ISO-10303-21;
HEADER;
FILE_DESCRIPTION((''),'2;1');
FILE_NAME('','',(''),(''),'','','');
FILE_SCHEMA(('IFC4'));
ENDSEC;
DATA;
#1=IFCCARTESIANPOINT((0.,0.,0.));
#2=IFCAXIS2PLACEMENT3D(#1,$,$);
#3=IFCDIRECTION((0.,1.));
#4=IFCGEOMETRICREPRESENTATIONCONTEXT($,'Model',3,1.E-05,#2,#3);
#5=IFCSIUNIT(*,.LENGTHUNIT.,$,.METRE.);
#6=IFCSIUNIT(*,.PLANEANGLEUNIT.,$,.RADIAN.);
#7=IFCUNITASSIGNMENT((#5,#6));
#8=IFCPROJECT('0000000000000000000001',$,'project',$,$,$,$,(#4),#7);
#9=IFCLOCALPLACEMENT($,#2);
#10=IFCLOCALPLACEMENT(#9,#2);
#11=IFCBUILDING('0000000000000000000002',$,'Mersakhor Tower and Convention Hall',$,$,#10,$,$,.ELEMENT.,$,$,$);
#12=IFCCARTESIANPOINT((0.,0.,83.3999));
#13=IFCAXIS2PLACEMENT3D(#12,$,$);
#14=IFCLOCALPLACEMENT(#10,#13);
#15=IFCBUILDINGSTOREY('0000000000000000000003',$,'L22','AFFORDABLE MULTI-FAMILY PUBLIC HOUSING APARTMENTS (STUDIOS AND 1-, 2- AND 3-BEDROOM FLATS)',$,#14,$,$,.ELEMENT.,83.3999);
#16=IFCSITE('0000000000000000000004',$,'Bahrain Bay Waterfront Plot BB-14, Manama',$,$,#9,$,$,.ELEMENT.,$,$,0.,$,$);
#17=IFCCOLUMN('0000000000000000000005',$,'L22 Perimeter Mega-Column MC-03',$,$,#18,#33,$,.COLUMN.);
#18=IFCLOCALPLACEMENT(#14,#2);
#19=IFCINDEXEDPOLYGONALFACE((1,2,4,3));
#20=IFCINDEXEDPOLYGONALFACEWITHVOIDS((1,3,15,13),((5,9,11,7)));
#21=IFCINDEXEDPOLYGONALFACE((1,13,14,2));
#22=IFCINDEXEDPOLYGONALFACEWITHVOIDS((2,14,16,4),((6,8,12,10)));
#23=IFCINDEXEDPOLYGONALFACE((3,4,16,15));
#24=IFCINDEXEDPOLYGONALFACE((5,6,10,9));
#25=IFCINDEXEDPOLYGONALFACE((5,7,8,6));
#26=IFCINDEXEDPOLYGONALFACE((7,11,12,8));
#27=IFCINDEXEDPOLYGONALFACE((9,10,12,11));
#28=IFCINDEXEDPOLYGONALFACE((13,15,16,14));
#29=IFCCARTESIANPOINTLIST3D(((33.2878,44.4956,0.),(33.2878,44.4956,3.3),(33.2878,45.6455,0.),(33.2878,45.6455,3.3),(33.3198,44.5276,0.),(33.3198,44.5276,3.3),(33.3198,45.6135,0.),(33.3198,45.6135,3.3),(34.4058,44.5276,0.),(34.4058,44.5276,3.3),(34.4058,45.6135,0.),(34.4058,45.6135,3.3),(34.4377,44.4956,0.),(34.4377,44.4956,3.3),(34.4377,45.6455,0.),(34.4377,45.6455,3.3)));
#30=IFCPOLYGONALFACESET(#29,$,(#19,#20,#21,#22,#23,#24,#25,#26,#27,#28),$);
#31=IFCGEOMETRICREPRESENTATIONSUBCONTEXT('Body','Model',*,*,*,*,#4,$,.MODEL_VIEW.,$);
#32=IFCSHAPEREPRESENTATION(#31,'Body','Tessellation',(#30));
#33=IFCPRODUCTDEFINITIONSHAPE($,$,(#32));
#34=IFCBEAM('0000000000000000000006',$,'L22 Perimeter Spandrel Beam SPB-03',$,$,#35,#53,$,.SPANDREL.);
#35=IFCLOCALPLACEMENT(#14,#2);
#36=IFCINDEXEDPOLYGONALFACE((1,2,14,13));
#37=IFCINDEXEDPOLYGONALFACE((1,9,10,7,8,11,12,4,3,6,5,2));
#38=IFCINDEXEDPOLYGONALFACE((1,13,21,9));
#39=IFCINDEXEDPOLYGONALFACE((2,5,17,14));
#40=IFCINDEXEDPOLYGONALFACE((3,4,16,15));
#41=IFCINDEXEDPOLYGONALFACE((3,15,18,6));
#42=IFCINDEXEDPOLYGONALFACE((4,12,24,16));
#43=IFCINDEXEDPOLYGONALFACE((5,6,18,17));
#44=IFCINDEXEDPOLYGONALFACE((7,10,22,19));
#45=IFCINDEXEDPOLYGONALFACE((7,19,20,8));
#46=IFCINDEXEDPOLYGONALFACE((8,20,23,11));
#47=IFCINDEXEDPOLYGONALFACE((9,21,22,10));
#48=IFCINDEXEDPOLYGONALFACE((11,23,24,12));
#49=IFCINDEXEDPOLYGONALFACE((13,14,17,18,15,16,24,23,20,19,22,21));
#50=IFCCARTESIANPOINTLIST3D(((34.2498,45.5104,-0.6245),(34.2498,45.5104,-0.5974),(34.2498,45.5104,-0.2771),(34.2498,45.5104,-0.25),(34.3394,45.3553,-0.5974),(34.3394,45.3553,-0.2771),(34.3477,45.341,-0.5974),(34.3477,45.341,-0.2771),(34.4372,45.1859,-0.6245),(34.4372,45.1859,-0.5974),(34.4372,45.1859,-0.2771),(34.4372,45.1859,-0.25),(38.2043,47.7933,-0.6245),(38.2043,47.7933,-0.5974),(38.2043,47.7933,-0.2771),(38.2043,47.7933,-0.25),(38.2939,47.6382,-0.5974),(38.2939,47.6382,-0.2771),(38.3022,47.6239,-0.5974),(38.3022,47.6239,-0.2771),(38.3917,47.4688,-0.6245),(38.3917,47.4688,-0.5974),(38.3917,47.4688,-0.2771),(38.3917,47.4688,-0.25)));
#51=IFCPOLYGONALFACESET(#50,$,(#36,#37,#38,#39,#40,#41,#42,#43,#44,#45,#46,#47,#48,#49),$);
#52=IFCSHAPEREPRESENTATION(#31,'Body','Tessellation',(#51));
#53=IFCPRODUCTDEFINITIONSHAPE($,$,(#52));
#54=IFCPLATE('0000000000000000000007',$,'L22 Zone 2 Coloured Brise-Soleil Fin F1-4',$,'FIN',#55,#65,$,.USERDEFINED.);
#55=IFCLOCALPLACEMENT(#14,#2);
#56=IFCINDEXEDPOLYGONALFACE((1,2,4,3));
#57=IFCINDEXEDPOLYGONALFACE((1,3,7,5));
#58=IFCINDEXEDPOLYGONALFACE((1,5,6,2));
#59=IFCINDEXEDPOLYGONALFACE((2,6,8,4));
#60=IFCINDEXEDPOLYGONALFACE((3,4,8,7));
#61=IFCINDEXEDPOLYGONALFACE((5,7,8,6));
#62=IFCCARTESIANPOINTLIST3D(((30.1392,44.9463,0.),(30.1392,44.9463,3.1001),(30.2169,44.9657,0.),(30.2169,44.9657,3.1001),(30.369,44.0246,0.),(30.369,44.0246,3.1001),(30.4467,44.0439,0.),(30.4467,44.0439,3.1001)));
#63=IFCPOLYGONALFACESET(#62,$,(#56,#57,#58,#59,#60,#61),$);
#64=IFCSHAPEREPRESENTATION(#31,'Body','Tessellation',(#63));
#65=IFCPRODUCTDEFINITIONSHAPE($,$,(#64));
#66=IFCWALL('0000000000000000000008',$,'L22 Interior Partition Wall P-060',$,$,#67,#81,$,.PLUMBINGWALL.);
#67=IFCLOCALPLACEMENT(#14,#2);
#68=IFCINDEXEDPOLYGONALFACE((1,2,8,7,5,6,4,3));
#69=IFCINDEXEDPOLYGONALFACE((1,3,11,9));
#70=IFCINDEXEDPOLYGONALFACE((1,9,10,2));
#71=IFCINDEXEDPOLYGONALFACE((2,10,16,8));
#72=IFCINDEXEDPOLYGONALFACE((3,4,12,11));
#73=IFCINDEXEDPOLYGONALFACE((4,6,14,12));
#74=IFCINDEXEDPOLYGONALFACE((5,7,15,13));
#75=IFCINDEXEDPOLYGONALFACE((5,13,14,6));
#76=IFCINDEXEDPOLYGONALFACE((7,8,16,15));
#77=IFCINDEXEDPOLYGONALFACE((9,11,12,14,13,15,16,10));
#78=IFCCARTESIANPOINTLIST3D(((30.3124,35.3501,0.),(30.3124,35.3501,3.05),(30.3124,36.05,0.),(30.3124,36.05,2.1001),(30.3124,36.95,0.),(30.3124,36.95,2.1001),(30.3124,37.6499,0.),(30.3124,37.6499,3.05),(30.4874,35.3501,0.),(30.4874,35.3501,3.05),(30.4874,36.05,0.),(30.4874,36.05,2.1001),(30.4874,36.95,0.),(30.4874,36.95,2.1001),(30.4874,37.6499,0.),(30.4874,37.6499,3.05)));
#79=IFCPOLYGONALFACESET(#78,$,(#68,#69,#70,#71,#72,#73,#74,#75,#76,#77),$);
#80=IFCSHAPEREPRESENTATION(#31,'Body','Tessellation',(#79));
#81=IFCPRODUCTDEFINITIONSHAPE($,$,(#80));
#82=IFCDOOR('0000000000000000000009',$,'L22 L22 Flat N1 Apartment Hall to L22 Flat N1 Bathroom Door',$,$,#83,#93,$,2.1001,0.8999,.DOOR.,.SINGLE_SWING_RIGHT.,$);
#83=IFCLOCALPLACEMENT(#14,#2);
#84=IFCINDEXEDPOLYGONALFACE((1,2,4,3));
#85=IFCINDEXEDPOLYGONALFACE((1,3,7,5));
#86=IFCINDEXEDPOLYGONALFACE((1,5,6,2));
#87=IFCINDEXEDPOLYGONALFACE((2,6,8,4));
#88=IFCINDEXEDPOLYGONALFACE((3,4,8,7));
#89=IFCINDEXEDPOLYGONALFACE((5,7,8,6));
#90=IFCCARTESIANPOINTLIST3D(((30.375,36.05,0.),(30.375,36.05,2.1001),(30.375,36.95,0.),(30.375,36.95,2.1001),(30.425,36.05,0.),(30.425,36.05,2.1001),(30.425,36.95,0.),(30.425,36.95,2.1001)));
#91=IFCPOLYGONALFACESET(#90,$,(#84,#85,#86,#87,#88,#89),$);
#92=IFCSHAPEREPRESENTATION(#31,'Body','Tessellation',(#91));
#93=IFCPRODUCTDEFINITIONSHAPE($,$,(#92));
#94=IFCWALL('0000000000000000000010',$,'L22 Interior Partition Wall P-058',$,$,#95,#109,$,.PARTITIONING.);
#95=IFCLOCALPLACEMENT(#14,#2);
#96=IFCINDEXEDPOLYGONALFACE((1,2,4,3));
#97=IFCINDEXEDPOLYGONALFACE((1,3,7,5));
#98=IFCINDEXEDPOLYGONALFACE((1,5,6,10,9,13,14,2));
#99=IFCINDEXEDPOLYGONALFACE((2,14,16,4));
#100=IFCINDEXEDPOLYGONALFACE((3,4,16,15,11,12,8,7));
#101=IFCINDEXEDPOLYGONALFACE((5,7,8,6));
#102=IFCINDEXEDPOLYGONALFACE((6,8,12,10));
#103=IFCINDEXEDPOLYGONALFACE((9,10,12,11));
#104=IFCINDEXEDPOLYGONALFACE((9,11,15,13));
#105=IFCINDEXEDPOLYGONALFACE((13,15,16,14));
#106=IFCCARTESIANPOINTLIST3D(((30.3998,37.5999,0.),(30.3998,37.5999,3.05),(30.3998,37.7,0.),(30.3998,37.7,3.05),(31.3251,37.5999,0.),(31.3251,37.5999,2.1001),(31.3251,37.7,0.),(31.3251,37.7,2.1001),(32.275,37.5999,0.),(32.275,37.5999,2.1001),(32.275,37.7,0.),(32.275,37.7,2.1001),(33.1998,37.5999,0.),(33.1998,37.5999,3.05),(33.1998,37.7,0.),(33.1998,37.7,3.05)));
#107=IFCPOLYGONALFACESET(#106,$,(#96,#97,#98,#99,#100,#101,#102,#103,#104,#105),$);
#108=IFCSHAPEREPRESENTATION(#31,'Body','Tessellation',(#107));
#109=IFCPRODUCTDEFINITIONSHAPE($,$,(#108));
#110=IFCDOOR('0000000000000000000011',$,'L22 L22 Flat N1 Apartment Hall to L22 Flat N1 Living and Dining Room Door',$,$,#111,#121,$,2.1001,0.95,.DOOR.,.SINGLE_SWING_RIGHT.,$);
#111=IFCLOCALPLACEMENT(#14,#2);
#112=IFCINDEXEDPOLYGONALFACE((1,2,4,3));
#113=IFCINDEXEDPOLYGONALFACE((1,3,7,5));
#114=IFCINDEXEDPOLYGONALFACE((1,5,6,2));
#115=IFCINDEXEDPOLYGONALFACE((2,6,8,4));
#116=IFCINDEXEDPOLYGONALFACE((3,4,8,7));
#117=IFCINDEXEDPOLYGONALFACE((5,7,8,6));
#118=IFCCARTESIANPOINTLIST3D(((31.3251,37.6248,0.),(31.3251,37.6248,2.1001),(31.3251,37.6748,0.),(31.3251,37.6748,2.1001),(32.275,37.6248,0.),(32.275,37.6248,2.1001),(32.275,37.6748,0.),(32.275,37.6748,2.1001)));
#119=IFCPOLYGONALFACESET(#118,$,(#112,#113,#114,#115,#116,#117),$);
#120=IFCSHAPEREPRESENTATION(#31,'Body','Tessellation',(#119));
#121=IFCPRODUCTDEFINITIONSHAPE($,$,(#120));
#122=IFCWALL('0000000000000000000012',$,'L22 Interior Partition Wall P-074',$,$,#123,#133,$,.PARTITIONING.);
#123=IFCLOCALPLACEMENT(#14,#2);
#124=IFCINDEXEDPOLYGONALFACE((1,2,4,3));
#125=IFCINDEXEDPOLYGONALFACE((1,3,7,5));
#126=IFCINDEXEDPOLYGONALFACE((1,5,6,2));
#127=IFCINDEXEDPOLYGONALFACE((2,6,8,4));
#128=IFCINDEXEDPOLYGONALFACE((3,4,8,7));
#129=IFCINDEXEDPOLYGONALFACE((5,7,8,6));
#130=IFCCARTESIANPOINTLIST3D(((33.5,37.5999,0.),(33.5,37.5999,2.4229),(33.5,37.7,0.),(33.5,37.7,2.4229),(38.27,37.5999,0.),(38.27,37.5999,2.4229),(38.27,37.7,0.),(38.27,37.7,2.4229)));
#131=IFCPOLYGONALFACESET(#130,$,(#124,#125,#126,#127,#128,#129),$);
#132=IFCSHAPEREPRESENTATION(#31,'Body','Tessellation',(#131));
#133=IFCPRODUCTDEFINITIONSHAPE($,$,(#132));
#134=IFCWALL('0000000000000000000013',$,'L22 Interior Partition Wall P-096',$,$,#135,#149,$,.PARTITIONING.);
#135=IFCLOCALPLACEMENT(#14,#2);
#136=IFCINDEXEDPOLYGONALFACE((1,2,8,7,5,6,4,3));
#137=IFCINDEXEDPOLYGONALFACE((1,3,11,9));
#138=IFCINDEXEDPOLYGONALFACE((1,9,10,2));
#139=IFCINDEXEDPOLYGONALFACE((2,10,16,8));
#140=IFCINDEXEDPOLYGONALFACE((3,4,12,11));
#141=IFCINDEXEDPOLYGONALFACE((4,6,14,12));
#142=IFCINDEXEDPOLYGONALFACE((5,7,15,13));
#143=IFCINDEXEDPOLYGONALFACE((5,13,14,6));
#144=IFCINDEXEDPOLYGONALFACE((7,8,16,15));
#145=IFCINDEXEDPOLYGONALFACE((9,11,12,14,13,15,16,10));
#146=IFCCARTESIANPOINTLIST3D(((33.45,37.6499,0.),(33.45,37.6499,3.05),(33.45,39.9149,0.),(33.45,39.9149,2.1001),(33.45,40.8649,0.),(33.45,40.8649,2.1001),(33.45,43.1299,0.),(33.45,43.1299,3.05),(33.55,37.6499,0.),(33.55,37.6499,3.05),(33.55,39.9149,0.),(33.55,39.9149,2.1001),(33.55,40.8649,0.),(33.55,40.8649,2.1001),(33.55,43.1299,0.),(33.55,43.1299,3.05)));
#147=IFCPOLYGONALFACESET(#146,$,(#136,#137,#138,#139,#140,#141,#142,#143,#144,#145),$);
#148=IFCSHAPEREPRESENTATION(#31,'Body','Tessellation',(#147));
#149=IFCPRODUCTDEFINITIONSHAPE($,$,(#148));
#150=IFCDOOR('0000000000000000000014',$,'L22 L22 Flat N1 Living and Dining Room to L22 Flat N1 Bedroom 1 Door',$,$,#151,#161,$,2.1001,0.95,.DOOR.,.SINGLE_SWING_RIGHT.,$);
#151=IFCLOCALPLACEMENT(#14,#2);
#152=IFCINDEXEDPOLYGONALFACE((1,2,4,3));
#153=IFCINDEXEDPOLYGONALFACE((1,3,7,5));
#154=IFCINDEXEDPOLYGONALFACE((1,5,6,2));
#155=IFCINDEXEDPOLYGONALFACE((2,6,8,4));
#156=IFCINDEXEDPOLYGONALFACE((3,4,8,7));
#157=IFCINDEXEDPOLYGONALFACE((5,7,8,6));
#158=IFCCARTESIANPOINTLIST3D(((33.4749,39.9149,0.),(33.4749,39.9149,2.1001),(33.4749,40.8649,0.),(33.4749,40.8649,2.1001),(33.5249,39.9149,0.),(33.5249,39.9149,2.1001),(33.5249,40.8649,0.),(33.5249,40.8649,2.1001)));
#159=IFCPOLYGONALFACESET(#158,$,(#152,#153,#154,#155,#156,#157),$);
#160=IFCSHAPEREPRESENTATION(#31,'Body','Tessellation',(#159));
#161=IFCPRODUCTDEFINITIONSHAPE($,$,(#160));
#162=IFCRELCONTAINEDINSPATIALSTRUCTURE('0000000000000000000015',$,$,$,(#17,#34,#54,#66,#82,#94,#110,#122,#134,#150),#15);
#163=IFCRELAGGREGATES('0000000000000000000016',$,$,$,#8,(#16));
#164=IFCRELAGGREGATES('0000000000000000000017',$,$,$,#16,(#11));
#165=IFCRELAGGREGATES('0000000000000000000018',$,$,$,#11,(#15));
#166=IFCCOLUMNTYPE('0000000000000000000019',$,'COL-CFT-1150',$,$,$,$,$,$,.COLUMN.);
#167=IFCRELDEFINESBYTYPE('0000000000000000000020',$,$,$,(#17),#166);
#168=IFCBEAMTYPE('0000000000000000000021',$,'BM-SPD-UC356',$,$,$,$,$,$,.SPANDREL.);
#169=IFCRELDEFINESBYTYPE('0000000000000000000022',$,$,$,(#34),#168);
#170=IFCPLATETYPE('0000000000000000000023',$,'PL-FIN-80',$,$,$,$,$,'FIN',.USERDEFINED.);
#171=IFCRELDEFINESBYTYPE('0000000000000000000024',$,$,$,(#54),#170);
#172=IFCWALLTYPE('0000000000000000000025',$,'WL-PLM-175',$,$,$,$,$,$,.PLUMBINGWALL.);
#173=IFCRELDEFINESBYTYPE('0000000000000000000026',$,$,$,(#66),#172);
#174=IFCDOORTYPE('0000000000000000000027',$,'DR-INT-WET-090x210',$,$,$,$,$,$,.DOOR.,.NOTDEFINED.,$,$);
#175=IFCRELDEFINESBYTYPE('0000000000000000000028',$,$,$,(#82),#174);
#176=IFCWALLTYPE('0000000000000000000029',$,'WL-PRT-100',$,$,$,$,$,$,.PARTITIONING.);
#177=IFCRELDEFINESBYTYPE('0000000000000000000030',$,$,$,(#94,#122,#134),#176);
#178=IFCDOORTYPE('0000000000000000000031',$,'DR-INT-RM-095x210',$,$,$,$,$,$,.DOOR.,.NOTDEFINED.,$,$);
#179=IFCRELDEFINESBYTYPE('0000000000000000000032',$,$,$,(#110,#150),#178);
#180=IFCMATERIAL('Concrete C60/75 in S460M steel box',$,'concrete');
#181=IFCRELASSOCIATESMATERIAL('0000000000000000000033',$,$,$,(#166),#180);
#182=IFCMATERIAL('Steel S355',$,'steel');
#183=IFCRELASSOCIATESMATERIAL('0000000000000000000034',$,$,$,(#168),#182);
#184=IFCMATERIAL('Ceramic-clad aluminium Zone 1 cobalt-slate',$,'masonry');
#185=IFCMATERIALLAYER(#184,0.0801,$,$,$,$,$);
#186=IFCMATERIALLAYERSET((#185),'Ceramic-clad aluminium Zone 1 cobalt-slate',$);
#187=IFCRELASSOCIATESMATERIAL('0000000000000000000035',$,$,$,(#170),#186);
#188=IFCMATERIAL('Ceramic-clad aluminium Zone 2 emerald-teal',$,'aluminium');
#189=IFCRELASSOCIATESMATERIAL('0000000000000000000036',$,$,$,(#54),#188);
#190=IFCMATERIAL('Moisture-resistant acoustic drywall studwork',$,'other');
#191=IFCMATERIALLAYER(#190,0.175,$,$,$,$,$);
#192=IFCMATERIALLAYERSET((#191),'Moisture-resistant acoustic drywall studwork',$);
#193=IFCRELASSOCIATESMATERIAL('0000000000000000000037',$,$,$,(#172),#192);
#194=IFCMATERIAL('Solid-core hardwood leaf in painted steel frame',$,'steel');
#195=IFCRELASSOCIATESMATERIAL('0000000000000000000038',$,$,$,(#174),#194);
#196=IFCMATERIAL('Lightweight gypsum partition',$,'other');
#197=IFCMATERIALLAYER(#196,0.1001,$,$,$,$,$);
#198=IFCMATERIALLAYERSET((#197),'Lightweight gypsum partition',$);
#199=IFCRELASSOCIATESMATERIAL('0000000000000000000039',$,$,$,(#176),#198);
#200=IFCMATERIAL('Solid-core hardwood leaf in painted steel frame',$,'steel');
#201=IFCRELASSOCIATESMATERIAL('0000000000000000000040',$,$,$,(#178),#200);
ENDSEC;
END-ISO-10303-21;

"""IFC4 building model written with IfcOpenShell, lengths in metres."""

from ifc_helpers import new_model, si_unit, direction, frame, frame_2d, origin, origin_2d, place, context, subcontext, project, spatial, rectangle, hollow_rectangle, i_section, extrude, material, layer, layer_set, material_profile, profile_set, type_object, element, fill, save


model = new_model("IFC4")

# Units and contexts
model_context = context("Model", 3, precision=1e-05, world=origin(), true_north=direction((0.0, 1.0)))
body_context = subcontext(model_context, "Body", "Model", "MODEL_VIEW")
ifc_project = project(units=[si_unit("LENGTHUNIT", "METRE"), si_unit("PLANEANGLEUNIT", "RADIAN")], contexts=[model_context])

# Site, building, storey
site_placement = place(None, origin())
site = spatial("IfcSite", under=ifc_project, at=site_placement, Name="Bahrain Bay Waterfront Plot BB-14, Manama", CompositionType="ELEMENT", RefElevation=0.0)
building_placement = place(site_placement, origin())
building = spatial("IfcBuilding", under=site, at=building_placement, Name="Mersakhor Tower and Convention Hall", CompositionType="ELEMENT")
storey_placement = place(building_placement, frame((0.0, 0.0, 83.3999)))
storey = spatial("IfcBuildingStorey", under=building, at=storey_placement, Name="L22", Description="AFFORDABLE MULTI-FAMILY PUBLIC HOUSING APARTMENTS (STUDIOS AND 1-, 2- AND 3-BEDROOM FLATS)", CompositionType="ELEMENT", Elevation=83.3999)

# Column
ifc_material_1 = material(Name="Concrete C60/75 in S460M steel box", Category="concrete")
ifc_material_profile_1 = material_profile(ifc_material_1, hollow_rectangle(XDim=1.1499, YDim=1.1499, WallThickness=0.032, at=origin_2d()), Name="SHS 1150x1150x32")
ifc_profile_set_1 = profile_set([ifc_material_profile_1], Name="Concrete C60/75 in S460M steel box")
column_type = type_object("IfcColumnType", Name="COL-CFT-1150", PredefinedType="COLUMN", material=ifc_profile_set_1)
column_placement = place(storey_placement, frame((33.8628, 45.0706, 0.0), z_axis=(0.0, 0.0, 1.0), x_axis=(1.0, 0.0, 0.0)))
element("IfcColumn", 1, at=column_placement, inside=storey, type_object=column_type, Name="L22 Perimeter Mega-Column MC-03", PredefinedType="COLUMN", context=body_context, shape_type="SweptSolid", body=[
    extrude(hollow_rectangle(XDim=1.1499, YDim=1.1499, WallThickness=0.032, at=origin_2d()), origin(), (0.0, 0.0, 1.0), 3.3),
])

# Beam
ifc_material_2 = material(Name="Steel S355", Category="steel")
ifc_material_profile_2 = material_profile(ifc_material_2, i_section(OverallWidth=0.3748, OverallDepth=0.3745, WebThickness=0.0166, FlangeThickness=0.0271, at=origin_2d()), Name="UC 356x368x202")
ifc_profile_set_2 = profile_set([ifc_material_profile_2], Name="Steel S355")
beam_type = type_object("IfcBeamType", Name="BM-SPD-UC356", PredefinedType="SPANDREL", material=ifc_profile_set_2)
beam_placement = place(storey_placement, frame((34.3435, 45.3481, -0.4373), z_axis=(0.866047, 0.499963, 0.0), x_axis=(-0.499963, 0.866047, 0.0)))
element("IfcBeam", 2, at=beam_placement, inside=storey, type_object=beam_type, Name="L22 Perimeter Spandrel Beam SPB-03", PredefinedType="SPANDREL", context=body_context, shape_type="SweptSolid", body=[
    extrude(i_section(OverallWidth=0.3748, OverallDepth=0.3745, WebThickness=0.0166, FlangeThickness=0.0271, at=origin_2d()), origin(), (0.0, 0.0, 1.0), 4.5662),
])

# Plate
ifc_material_3 = material(Name="Ceramic-clad aluminium Zone 2 emerald-teal", Category="aluminium")
ifc_material_4 = material(Name="Ceramic-clad aluminium Zone 1 cobalt-slate", Category="masonry")
ifc_layer_1 = layer(ifc_material_4, 0.0801)
ifc_layer_set_1 = layer_set([ifc_layer_1], Name="Ceramic-clad aluminium Zone 1 cobalt-slate")
plate_type = type_object("IfcPlateType", Name="PL-FIN-80", ElementType="FIN", PredefinedType="USERDEFINED", material=ifc_layer_set_1)
plate_placement = place(storey_placement, frame((30.293, 44.4951, 0.0), z_axis=(0.0, 0.0, 1.0), x_axis=(-0.241922, 0.970296, 0.0)))
element("IfcPlate", 3, at=plate_placement, inside=storey, type_object=plate_type, material=ifc_material_3, Name="L22 Zone 2 Coloured Brise-Soleil Fin F1-4", ObjectType="FIN", PredefinedType="USERDEFINED", context=body_context, shape_type="SweptSolid", body=[
    extrude(rectangle(XDim=0.95, YDim=0.0801, at=origin_2d()), origin(), (0.0, 0.0, 1.0), 3.1001),
])

# Walls, openings, doors
ifc_material_5 = material(Name="Moisture-resistant acoustic drywall studwork", Category="other")
ifc_layer_2 = layer(ifc_material_5, 0.175)
ifc_layer_set_2 = layer_set([ifc_layer_2], Name="Moisture-resistant acoustic drywall studwork")
wall_type_1 = type_object("IfcWallType", Name="WL-PLM-175", PredefinedType="PLUMBINGWALL", material=ifc_layer_set_2)
wall_1_placement = place(storey_placement, frame((30.3999, 35.3501, 0.0), z_axis=(0.0, 0.0, 1.0), x_axis=(0.0, 1.0, 0.0)))
wall_1 = element("IfcWall", 4, at=wall_1_placement, inside=storey, type_object=wall_type_1, Name="L22 Interior Partition Wall P-060", PredefinedType="PLUMBINGWALL", context=body_context, shape_type="SweptSolid", body=[
    extrude(rectangle(XDim=2.2998, YDim=0.175, at=frame_2d((1.1499, 0.0))), origin(), (0.0, 0.0, 1.0), 3.05),
])
opening_1_placement = place(wall_1_placement, frame((0.7, 0.0, 0.0)))
opening_1 = element("IfcOpeningElement", 5, at=opening_1_placement, cuts=wall_1, PredefinedType="OPENING", context=body_context, shape_type="SweptSolid", body=[
    extrude(rectangle(XDim=0.8999, YDim=2.1001, at=frame_2d((0.45, 1.05))), frame((0.0, 0.0974, 0.0), z_axis=(0.0, -1.0, 0.0), x_axis=(1.0, 0.0, 0.0)), (0.0, 0.0, 1.0), 0.1951),
])
ifc_material_6 = material(Name="Solid-core hardwood leaf in painted steel frame", Category="steel")
door_type_1 = type_object("IfcDoorType", Name="DR-INT-WET-090x210", OperationType="NOTDEFINED", PredefinedType="DOOR", material=ifc_material_6)
door_1_placement = place(opening_1_placement, origin())
door_1 = element("IfcDoor", 6, at=door_1_placement, inside=storey, type_object=door_type_1, Name="L22 L22 Flat N1 Apartment Hall to L22 Flat N1 Bathroom Door", OperationType="SINGLE_SWING_RIGHT", OverallHeight=2.1001, OverallWidth=0.8999, PredefinedType="DOOR", context=body_context, shape_type="SweptSolid", body=[
    extrude(rectangle(XDim=0.8999, YDim=2.1001, at=frame_2d((0.45, 1.05))), frame((0.0, 0.0249, 0.0), z_axis=(0.0, -1.0, 0.0), x_axis=(1.0, 0.0, 0.0)), (0.0, 0.0, 1.0), 0.05),
])
fill(opening_1, door_1)
ifc_material_7 = material(Name="Lightweight gypsum partition", Category="other")
ifc_layer_3 = layer(ifc_material_7, 0.1001)
ifc_layer_set_3 = layer_set([ifc_layer_3], Name="Lightweight gypsum partition")
wall_type_2 = type_object("IfcWallType", Name="WL-PRT-100", PredefinedType="PARTITIONING", material=ifc_layer_set_3)
wall_2_placement = place(storey_placement, frame((30.3999, 37.6499, 0.0), z_axis=(0.0, 0.0, 1.0), x_axis=(1.0, 0.0, 0.0)))
wall_2 = element("IfcWall", 7, at=wall_2_placement, inside=storey, type_object=wall_type_2, Name="L22 Interior Partition Wall P-058", PredefinedType="PARTITIONING", context=body_context, shape_type="SweptSolid", body=[
    extrude(rectangle(XDim=2.8, YDim=0.1001, at=frame_2d((1.3999, 0.0))), origin(), (0.0, 0.0, 1.0), 3.05),
])
opening_2_placement = place(wall_2_placement, frame((0.925, 0.0, 0.0)))
opening_2 = element("IfcOpeningElement", 8, at=opening_2_placement, cuts=wall_2, PredefinedType="OPENING", context=body_context, shape_type="SweptSolid", body=[
    extrude(rectangle(XDim=0.95, YDim=2.1001, at=frame_2d((0.4751, 1.05))), frame((0.0, 0.0601, 0.0), z_axis=(0.0, -1.0, 0.0), x_axis=(1.0, 0.0, 0.0)), (0.0, 0.0, 1.0), 0.1201),
])
ifc_material_8 = material(Name="Solid-core hardwood leaf in painted steel frame", Category="steel")
door_type_2 = type_object("IfcDoorType", Name="DR-INT-RM-095x210", OperationType="NOTDEFINED", PredefinedType="DOOR", material=ifc_material_8)
door_2_placement = place(opening_2_placement, origin())
door_2 = element("IfcDoor", 9, at=door_2_placement, inside=storey, type_object=door_type_2, Name="L22 L22 Flat N1 Apartment Hall to L22 Flat N1 Living and Dining Room Door", OperationType="SINGLE_SWING_RIGHT", OverallHeight=2.1001, OverallWidth=0.95, PredefinedType="DOOR", context=body_context, shape_type="SweptSolid", body=[
    extrude(rectangle(XDim=0.95, YDim=2.1001, at=frame_2d((0.4751, 1.05))), frame((0.0, 0.0249, 0.0), z_axis=(0.0, -1.0, 0.0), x_axis=(1.0, 0.0, 0.0)), (0.0, 0.0, 1.0), 0.05),
])
fill(opening_2, door_2)

# Wall
wall_3_placement = place(storey_placement, frame((33.5, 37.6499, 0.0), z_axis=(0.0, 0.0, 1.0), x_axis=(1.0, 0.0, 0.0)))
element("IfcWall", 10, at=wall_3_placement, inside=storey, type_object=wall_type_2, Name="L22 Interior Partition Wall P-074", PredefinedType="PARTITIONING", context=body_context, shape_type="SweptSolid", body=[
    extrude(rectangle(XDim=4.77, YDim=0.1001, at=frame_2d((2.385, 0.0))), origin(), (0.0, 0.0, 1.0), 2.4229),
])

# Wall, opening, door
wall_4_placement = place(storey_placement, frame((33.5, 43.1299, 0.0), z_axis=(0.0, 0.0, 1.0), x_axis=(0.0, -1.0, 0.0)))
wall_4 = element("IfcWall", 11, at=wall_4_placement, inside=storey, type_object=wall_type_2, Name="L22 Interior Partition Wall P-096", PredefinedType="PARTITIONING", context=body_context, shape_type="SweptSolid", body=[
    extrude(rectangle(XDim=5.48, YDim=0.1001, at=frame_2d((2.74, 0.0))), origin(), (0.0, 0.0, 1.0), 3.05),
])
opening_3_placement = place(wall_4_placement, frame((2.2649, 0.0, 0.0)))
opening_3 = element("IfcOpeningElement", 12, at=opening_3_placement, cuts=wall_4, PredefinedType="OPENING", context=body_context, shape_type="SweptSolid", body=[
    extrude(rectangle(XDim=0.95, YDim=2.1001, at=frame_2d((0.4751, 1.05))), frame((0.0, 0.0601, 0.0), z_axis=(0.0, -1.0, 0.0), x_axis=(1.0, 0.0, 0.0)), (0.0, 0.0, 1.0), 0.1201),
])
door_3_placement = place(opening_3_placement, origin())
door_3 = element("IfcDoor", 13, at=door_3_placement, inside=storey, type_object=door_type_2, Name="L22 L22 Flat N1 Living and Dining Room to L22 Flat N1 Bedroom 1 Door", OperationType="SINGLE_SWING_RIGHT", OverallHeight=2.1001, OverallWidth=0.95, PredefinedType="DOOR", context=body_context, shape_type="SweptSolid", body=[
    extrude(rectangle(XDim=0.95, YDim=2.1001, at=frame_2d((0.4751, 1.05))), frame((0.0, 0.0249, 0.0), z_axis=(0.0, -1.0, 0.0), x_axis=(1.0, 0.0, 0.0)), (0.0, 0.0, 1.0), 0.05),
])
fill(opening_3, door_3)

save(model, "model.ifc")
